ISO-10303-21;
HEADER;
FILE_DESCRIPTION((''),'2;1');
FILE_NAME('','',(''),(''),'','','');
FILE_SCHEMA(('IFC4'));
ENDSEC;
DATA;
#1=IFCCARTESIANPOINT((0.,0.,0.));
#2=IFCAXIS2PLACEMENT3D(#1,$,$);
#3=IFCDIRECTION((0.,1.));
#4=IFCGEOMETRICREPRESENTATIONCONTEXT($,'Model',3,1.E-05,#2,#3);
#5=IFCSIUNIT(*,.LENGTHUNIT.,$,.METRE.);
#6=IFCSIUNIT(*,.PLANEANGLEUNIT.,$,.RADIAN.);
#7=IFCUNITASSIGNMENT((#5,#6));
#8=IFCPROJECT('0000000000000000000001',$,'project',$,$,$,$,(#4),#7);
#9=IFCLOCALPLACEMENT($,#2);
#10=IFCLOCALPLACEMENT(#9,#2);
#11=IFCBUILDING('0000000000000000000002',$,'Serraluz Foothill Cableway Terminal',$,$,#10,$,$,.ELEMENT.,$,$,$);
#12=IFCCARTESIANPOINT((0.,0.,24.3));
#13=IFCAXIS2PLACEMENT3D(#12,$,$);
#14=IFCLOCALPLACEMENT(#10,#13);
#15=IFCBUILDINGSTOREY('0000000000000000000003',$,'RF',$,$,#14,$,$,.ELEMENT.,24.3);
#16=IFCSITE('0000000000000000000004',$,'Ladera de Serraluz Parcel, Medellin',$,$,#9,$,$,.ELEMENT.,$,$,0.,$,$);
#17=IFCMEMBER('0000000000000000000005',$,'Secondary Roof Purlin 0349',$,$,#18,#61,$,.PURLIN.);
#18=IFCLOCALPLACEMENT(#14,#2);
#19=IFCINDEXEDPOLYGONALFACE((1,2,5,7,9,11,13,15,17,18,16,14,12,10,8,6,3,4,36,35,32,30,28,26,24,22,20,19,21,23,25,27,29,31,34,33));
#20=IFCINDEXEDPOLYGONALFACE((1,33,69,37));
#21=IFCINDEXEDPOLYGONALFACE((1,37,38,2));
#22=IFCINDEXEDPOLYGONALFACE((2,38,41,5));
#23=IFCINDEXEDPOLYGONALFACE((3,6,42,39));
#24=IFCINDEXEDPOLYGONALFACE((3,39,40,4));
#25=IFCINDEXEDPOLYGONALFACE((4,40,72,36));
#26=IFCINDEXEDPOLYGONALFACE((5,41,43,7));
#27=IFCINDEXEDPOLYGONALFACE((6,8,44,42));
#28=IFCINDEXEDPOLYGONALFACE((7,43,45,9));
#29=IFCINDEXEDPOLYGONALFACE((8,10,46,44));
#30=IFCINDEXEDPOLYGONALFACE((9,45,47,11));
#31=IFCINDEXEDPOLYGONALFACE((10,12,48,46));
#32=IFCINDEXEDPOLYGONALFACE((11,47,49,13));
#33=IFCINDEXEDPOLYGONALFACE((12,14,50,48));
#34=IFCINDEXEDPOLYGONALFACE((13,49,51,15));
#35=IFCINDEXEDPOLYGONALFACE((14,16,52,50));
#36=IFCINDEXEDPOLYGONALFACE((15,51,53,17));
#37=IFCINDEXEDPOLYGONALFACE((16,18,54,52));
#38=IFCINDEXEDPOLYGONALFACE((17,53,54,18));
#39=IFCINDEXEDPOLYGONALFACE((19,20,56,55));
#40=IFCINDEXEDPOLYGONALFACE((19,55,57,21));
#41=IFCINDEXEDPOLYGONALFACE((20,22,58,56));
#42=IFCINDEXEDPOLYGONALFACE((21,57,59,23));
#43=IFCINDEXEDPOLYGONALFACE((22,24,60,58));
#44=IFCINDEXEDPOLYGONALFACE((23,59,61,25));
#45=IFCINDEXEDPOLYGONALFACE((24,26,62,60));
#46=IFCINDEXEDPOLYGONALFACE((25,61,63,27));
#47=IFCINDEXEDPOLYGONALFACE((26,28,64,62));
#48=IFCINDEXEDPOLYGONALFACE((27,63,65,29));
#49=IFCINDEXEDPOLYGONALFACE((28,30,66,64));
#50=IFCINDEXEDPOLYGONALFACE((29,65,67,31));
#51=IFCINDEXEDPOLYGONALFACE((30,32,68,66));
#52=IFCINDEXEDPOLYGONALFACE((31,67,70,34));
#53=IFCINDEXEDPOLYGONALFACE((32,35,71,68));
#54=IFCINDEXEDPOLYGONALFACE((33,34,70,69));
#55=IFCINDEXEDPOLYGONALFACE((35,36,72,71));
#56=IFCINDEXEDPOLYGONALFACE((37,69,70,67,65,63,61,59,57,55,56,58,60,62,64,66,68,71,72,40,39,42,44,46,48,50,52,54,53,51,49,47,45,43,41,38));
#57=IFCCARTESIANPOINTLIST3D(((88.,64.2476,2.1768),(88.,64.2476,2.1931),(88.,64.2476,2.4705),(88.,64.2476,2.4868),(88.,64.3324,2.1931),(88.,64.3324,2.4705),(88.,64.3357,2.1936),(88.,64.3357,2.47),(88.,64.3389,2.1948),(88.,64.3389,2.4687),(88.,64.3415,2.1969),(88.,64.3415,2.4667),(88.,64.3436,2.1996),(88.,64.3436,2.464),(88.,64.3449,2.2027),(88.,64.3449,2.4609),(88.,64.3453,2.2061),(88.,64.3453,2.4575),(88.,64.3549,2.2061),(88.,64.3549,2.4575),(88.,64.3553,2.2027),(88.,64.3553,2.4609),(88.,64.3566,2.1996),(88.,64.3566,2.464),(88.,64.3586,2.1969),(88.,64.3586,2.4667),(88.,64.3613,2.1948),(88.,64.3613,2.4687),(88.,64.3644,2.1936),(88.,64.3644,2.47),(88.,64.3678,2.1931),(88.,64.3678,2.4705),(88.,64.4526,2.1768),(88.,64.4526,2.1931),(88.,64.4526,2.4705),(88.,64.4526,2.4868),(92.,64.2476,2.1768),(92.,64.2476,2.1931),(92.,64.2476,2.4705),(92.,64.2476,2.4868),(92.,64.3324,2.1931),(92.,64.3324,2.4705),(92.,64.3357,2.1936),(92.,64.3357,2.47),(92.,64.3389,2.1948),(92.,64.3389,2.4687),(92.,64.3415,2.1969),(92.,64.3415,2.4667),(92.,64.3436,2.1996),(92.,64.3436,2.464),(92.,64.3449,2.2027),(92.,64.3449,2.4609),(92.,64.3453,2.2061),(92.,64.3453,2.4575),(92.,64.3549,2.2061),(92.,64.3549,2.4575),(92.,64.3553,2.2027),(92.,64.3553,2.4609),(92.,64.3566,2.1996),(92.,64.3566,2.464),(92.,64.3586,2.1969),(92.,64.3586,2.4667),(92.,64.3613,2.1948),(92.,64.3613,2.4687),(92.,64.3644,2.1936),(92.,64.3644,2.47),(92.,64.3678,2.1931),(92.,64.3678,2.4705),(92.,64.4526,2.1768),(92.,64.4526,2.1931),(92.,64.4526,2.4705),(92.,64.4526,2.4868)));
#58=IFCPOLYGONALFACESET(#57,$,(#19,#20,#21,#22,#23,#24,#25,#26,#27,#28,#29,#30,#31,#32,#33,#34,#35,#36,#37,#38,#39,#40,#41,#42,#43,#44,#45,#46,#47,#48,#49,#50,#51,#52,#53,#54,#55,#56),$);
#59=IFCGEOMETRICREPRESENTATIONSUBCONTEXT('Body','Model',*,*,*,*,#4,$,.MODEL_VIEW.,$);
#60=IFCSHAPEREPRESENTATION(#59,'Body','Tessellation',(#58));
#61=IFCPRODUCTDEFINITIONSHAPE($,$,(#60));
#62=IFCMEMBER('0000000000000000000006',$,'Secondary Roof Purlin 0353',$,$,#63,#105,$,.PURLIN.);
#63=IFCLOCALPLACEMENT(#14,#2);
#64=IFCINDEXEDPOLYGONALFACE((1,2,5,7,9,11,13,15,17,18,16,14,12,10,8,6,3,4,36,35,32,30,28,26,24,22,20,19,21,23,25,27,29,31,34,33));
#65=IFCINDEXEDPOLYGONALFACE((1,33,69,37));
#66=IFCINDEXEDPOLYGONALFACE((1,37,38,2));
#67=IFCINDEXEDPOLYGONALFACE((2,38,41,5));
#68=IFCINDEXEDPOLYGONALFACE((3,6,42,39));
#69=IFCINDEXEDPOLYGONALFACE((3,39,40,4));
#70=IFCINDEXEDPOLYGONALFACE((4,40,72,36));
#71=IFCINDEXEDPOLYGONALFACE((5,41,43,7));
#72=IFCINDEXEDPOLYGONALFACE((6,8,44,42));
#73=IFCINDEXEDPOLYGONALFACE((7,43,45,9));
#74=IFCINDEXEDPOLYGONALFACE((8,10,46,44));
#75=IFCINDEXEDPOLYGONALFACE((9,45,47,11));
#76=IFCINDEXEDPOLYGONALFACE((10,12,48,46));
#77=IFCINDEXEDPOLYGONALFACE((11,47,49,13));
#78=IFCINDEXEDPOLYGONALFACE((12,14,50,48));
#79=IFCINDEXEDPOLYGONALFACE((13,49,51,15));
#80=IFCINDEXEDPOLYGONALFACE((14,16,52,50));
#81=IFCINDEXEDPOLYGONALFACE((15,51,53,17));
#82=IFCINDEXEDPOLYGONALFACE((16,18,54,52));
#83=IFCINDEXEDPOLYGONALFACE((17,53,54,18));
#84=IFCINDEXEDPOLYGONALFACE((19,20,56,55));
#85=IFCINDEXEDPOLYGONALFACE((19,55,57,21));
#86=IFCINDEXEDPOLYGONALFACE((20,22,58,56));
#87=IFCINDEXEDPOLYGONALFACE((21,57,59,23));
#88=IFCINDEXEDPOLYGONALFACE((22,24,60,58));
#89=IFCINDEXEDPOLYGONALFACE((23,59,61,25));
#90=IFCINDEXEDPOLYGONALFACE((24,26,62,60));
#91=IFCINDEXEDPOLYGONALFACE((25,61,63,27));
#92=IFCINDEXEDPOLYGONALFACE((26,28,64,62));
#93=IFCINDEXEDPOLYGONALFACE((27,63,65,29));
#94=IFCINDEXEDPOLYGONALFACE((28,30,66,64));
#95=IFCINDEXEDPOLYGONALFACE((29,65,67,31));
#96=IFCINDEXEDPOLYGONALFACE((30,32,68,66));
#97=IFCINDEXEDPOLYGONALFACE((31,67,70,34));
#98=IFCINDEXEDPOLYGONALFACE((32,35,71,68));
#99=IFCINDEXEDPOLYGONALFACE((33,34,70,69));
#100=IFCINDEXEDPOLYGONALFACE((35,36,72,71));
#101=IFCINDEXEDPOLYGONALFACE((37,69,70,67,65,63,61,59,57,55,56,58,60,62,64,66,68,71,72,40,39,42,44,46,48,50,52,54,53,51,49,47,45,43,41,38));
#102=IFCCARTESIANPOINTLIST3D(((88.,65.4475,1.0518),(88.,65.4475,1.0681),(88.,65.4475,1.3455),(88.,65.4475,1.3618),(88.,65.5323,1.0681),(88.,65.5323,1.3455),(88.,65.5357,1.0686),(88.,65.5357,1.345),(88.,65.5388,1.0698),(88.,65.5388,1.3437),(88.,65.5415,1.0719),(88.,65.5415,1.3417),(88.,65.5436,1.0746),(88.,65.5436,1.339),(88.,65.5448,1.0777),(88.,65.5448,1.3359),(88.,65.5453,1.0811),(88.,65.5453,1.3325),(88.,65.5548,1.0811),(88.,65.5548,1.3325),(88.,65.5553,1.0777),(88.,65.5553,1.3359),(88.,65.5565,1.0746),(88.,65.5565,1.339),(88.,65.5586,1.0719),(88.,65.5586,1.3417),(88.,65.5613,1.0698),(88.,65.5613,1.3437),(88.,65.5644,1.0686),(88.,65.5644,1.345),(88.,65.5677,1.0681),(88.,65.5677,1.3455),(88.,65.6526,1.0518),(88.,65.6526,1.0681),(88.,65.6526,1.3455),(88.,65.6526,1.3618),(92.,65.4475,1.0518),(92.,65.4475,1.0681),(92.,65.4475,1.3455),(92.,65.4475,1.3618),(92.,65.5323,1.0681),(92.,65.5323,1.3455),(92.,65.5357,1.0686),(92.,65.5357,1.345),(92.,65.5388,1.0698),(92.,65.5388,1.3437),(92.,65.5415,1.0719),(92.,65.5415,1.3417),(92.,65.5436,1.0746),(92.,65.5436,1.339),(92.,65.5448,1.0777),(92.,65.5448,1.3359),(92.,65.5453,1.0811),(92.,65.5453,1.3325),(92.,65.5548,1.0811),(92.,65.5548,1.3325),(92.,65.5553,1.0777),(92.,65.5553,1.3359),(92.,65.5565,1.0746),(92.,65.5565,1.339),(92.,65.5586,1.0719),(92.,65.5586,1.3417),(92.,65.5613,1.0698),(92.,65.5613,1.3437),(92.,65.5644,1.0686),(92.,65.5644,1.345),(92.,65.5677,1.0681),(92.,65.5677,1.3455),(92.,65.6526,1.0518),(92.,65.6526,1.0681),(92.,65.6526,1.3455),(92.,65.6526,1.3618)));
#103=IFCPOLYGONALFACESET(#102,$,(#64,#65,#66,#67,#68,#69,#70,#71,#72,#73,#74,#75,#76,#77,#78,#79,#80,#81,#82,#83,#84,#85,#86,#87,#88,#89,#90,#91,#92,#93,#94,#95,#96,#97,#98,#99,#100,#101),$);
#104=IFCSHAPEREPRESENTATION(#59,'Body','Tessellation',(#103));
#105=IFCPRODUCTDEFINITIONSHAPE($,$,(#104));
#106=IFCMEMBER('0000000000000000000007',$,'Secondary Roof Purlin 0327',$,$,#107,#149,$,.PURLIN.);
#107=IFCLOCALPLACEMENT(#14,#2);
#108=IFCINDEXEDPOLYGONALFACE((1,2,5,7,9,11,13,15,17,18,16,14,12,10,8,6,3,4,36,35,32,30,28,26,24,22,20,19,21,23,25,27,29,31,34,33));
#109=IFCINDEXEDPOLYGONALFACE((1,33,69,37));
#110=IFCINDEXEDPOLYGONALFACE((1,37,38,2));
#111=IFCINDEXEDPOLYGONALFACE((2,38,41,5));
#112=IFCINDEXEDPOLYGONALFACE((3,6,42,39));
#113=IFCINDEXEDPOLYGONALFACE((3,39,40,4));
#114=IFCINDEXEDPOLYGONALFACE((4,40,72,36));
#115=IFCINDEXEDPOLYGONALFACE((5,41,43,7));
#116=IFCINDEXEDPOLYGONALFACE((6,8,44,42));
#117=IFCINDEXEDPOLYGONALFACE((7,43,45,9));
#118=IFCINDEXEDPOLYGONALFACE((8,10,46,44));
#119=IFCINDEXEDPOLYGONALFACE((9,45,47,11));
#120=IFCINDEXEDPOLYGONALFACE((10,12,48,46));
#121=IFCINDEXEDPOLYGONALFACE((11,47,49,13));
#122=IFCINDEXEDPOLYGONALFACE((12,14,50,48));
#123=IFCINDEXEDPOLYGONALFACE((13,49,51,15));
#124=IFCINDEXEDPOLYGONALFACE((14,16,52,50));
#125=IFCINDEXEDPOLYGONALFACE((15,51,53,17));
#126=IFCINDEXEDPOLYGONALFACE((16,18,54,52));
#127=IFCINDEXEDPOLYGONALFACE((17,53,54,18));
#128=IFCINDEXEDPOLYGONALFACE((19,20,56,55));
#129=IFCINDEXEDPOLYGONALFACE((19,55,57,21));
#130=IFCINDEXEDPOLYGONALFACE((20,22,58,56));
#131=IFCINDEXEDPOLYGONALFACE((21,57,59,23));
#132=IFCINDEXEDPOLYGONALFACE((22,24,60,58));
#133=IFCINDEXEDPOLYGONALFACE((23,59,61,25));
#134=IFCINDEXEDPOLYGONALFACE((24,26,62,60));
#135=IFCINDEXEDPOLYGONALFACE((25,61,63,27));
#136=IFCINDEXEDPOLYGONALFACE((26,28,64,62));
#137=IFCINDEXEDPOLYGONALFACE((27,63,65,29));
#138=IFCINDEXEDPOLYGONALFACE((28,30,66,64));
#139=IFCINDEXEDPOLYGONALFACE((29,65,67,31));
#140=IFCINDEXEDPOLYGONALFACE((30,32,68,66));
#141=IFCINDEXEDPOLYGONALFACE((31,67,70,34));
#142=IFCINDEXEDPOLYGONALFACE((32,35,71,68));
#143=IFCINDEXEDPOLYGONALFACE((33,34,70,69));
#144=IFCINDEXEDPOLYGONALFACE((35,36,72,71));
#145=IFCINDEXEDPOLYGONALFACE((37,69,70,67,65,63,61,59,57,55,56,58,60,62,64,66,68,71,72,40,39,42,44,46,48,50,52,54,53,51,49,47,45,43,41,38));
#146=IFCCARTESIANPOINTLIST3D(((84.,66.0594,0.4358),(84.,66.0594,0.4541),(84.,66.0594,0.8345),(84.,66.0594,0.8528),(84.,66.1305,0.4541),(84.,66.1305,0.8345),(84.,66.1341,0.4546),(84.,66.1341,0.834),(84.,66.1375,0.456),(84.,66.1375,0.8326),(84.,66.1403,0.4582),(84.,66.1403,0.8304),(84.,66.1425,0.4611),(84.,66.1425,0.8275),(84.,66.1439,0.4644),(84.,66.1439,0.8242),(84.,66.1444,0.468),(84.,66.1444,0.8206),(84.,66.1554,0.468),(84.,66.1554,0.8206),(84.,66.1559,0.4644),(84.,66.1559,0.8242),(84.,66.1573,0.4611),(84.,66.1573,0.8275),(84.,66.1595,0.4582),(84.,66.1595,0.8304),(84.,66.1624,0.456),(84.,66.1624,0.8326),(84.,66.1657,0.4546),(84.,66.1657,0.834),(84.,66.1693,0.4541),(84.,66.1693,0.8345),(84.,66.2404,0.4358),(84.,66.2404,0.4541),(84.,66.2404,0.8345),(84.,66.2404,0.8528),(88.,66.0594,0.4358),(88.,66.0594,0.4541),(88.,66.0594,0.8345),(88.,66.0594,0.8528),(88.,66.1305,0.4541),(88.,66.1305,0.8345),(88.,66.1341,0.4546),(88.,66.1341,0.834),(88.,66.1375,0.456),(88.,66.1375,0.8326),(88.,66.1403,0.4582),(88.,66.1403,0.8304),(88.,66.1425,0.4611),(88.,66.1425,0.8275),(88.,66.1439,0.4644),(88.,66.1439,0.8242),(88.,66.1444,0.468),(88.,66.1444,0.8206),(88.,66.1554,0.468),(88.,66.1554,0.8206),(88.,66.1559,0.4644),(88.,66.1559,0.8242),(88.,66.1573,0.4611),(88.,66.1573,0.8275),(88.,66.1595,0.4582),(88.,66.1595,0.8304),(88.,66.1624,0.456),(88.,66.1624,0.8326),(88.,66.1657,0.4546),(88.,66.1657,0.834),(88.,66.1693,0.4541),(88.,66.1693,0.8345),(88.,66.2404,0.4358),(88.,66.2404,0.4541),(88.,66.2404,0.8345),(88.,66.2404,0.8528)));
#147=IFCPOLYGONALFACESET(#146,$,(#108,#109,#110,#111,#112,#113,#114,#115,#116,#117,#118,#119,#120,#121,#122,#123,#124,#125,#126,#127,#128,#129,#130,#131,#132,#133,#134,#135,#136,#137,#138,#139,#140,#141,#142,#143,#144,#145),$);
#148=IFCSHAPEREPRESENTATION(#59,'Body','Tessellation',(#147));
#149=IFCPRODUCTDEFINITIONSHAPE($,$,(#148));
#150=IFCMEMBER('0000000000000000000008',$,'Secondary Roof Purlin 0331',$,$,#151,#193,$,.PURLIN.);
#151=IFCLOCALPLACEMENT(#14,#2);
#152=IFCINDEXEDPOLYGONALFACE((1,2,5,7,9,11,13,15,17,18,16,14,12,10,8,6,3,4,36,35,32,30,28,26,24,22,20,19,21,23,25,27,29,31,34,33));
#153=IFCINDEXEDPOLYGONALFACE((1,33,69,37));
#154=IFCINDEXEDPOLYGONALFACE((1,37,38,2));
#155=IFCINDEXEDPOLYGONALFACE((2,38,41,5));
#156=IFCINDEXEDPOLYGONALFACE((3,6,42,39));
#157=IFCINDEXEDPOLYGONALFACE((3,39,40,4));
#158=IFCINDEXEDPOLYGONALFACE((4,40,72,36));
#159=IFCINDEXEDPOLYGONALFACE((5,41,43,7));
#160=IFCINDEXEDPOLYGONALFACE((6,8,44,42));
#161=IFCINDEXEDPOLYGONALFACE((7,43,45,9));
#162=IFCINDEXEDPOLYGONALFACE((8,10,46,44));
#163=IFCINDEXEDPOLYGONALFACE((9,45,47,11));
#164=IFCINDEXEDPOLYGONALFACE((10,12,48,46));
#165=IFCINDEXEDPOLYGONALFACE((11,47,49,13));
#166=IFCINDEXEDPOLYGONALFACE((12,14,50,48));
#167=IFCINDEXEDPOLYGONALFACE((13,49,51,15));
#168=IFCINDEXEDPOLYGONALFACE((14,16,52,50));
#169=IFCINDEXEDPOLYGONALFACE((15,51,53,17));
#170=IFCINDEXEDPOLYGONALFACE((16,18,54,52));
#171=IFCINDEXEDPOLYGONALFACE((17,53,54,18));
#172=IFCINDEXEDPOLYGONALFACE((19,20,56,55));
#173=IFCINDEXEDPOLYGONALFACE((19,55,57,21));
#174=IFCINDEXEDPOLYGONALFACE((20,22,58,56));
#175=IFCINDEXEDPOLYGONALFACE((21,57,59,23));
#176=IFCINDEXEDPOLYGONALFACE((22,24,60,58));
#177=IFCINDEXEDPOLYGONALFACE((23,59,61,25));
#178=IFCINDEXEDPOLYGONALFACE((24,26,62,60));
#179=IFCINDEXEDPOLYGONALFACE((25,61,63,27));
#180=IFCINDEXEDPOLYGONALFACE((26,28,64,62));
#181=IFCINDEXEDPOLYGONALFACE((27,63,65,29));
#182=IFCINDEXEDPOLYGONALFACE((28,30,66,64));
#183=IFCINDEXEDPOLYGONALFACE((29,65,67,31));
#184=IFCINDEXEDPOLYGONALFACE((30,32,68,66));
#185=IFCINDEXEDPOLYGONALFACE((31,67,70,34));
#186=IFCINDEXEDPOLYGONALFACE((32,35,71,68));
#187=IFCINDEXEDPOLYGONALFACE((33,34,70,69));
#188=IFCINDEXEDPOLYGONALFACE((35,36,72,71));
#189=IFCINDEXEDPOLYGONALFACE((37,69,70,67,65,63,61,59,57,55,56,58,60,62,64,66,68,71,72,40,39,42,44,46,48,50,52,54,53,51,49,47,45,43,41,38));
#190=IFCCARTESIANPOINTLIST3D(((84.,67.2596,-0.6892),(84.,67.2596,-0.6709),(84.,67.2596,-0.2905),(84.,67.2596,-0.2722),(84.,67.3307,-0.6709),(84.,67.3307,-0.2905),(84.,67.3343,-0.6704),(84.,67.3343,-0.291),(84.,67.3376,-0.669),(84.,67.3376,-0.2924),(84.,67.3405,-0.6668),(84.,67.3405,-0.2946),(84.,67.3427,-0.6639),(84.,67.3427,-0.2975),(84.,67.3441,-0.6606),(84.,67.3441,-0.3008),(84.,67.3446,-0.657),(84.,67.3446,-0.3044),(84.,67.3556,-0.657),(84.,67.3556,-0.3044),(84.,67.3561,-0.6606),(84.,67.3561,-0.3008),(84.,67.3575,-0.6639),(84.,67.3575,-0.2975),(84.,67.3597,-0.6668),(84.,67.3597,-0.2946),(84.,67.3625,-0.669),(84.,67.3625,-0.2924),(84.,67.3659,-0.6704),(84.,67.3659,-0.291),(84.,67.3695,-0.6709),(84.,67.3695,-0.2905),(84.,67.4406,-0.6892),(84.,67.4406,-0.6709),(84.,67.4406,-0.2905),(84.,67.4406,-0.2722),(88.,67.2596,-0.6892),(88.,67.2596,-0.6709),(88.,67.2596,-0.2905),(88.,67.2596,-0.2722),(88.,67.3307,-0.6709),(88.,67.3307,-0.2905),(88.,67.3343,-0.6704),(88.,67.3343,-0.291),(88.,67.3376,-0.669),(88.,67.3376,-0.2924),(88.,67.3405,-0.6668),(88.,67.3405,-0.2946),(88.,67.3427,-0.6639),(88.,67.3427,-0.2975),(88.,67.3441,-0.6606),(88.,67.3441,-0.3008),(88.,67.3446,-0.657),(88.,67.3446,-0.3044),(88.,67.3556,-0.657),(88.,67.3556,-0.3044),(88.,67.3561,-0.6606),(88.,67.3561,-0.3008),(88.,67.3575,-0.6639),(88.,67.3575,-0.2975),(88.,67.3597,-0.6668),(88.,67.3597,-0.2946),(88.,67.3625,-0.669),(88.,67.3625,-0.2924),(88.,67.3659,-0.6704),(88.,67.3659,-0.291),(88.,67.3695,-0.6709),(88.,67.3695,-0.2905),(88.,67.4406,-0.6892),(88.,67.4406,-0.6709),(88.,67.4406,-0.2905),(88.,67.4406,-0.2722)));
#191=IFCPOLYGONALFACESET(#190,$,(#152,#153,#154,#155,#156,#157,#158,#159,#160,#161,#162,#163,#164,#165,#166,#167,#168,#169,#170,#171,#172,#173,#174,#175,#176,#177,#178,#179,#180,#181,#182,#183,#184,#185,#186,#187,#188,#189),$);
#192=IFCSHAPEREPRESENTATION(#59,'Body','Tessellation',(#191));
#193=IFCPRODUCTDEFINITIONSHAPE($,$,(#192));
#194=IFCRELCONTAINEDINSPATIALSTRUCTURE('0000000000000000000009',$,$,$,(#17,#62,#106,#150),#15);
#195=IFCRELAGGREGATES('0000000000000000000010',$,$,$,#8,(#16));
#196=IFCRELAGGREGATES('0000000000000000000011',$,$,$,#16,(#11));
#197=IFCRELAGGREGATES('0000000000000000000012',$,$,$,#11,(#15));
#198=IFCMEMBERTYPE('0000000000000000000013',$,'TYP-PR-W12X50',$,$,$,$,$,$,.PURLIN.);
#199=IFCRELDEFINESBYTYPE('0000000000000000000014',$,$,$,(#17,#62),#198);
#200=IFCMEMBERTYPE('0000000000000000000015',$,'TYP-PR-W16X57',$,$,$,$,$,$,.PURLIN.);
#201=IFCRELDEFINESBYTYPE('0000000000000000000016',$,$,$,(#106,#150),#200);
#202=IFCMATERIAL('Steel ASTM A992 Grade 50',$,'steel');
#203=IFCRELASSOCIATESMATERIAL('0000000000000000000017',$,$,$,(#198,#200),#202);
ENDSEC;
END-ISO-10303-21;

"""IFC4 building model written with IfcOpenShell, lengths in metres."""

from ifc_helpers import new_model, si_unit, direction, frame, origin, origin_2d, place, context, subcontext, project, spatial, i_section, extrude, material, material_profile, profile_set, type_object, element, save


model = new_model("IFC4")

# Units and contexts
model_context = context("Model", 3, precision=1e-05, world=origin(), true_north=direction((0.0, 1.0)))
body_context = subcontext(model_context, "Body", "Model", "MODEL_VIEW")
ifc_project = project(units=[si_unit("LENGTHUNIT", "METRE"), si_unit("PLANEANGLEUNIT", "RADIAN")], contexts=[model_context])

# Site, building, storey
site_placement = place(None, origin())
site = spatial("IfcSite", under=ifc_project, at=site_placement, Name="Ladera de Serraluz Parcel, Medellin", CompositionType="ELEMENT", RefElevation=0.0)
building_placement = place(site_placement, origin())
building = spatial("IfcBuilding", under=site, at=building_placement, Name="Serraluz Foothill Cableway Terminal", CompositionType="ELEMENT")
storey_placement = place(building_placement, frame((0.0, 0.0, 24.3)))
storey = spatial("IfcBuildingStorey", under=building, at=storey_placement, Name="RF", CompositionType="ELEMENT", Elevation=24.3)

# Members
ifc_material_1 = material(Name="Steel ASTM A992 Grade 50", Category="steel")
ifc_material_profile_1 = material_profile(ifc_material_1, i_section(OverallWidth=0.2051, OverallDepth=0.3101, WebThickness=0.0095, FlangeThickness=0.0164, FilletRadius=0.0129, at=origin_2d()), Name="W12X50")
ifc_profile_set_1 = profile_set([ifc_material_profile_1], Name="Steel ASTM A992 Grade 50")
member_type_1 = type_object("IfcMemberType", Name="TYP-PR-W12X50", PredefinedType="PURLIN", material=ifc_profile_set_1)
for number, where, z_axis, x_axis, name in (
    (1, (88.0, 64.3501, 2.3318), (1.0, 0.0, 0.0), (0.0, 1.0, 0.0), "Secondary Roof Purlin 0349"),
    (2, (88.0, 65.55, 1.2068), (1.0, 0.0, 0.0), (0.0, 1.0, 0.0), "Secondary Roof Purlin 0353"),
):
    element("IfcMember", number, at=place(storey_placement, frame(where, z_axis=z_axis, x_axis=x_axis)), inside=storey, type_object=member_type_1, Name=name, PredefinedType="PURLIN", context=body_context, shape_type="SweptSolid", body=[
        extrude(i_section(OverallWidth=0.2051, OverallDepth=0.3101, WebThickness=0.0095, FlangeThickness=0.0164, FilletRadius=0.0129, at=origin_2d()), origin(), (0.0, 0.0, 1.0), 4.0),
    ])
ifc_material_profile_2 = material_profile(ifc_material_1, i_section(OverallWidth=0.1809, OverallDepth=0.417, WebThickness=0.011, FlangeThickness=0.0183, FilletRadius=0.0139, at=origin_2d()), Name="W16X57")
ifc_profile_set_2 = profile_set([ifc_material_profile_2], Name="Steel ASTM A992 Grade 50")
member_type_2 = type_object("IfcMemberType", Name="TYP-PR-W16X57", PredefinedType="PURLIN", material=ifc_profile_set_2)
for number, where, z_axis, x_axis, name in (
    (3, (84.0, 66.1499, 0.6443), (1.0, 0.0, 0.0), (0.0, 1.0, 0.0), "Secondary Roof Purlin 0327"),
    (4, (84.0, 67.3501, -0.4807), (1.0, 0.0, 0.0), (0.0, 1.0, 0.0), "Secondary Roof Purlin 0331"),
):
    element("IfcMember", number, at=place(storey_placement, frame(where, z_axis=z_axis, x_axis=x_axis)), inside=storey, type_object=member_type_2, Name=name, PredefinedType="PURLIN", context=body_context, shape_type="SweptSolid", body=[
        extrude(i_section(OverallWidth=0.1809, OverallDepth=0.417, WebThickness=0.011, FlangeThickness=0.0183, FilletRadius=0.0139, at=origin_2d()), origin(), (0.0, 0.0, 1.0), 4.0),
    ])

save(model, "model.ifc")
